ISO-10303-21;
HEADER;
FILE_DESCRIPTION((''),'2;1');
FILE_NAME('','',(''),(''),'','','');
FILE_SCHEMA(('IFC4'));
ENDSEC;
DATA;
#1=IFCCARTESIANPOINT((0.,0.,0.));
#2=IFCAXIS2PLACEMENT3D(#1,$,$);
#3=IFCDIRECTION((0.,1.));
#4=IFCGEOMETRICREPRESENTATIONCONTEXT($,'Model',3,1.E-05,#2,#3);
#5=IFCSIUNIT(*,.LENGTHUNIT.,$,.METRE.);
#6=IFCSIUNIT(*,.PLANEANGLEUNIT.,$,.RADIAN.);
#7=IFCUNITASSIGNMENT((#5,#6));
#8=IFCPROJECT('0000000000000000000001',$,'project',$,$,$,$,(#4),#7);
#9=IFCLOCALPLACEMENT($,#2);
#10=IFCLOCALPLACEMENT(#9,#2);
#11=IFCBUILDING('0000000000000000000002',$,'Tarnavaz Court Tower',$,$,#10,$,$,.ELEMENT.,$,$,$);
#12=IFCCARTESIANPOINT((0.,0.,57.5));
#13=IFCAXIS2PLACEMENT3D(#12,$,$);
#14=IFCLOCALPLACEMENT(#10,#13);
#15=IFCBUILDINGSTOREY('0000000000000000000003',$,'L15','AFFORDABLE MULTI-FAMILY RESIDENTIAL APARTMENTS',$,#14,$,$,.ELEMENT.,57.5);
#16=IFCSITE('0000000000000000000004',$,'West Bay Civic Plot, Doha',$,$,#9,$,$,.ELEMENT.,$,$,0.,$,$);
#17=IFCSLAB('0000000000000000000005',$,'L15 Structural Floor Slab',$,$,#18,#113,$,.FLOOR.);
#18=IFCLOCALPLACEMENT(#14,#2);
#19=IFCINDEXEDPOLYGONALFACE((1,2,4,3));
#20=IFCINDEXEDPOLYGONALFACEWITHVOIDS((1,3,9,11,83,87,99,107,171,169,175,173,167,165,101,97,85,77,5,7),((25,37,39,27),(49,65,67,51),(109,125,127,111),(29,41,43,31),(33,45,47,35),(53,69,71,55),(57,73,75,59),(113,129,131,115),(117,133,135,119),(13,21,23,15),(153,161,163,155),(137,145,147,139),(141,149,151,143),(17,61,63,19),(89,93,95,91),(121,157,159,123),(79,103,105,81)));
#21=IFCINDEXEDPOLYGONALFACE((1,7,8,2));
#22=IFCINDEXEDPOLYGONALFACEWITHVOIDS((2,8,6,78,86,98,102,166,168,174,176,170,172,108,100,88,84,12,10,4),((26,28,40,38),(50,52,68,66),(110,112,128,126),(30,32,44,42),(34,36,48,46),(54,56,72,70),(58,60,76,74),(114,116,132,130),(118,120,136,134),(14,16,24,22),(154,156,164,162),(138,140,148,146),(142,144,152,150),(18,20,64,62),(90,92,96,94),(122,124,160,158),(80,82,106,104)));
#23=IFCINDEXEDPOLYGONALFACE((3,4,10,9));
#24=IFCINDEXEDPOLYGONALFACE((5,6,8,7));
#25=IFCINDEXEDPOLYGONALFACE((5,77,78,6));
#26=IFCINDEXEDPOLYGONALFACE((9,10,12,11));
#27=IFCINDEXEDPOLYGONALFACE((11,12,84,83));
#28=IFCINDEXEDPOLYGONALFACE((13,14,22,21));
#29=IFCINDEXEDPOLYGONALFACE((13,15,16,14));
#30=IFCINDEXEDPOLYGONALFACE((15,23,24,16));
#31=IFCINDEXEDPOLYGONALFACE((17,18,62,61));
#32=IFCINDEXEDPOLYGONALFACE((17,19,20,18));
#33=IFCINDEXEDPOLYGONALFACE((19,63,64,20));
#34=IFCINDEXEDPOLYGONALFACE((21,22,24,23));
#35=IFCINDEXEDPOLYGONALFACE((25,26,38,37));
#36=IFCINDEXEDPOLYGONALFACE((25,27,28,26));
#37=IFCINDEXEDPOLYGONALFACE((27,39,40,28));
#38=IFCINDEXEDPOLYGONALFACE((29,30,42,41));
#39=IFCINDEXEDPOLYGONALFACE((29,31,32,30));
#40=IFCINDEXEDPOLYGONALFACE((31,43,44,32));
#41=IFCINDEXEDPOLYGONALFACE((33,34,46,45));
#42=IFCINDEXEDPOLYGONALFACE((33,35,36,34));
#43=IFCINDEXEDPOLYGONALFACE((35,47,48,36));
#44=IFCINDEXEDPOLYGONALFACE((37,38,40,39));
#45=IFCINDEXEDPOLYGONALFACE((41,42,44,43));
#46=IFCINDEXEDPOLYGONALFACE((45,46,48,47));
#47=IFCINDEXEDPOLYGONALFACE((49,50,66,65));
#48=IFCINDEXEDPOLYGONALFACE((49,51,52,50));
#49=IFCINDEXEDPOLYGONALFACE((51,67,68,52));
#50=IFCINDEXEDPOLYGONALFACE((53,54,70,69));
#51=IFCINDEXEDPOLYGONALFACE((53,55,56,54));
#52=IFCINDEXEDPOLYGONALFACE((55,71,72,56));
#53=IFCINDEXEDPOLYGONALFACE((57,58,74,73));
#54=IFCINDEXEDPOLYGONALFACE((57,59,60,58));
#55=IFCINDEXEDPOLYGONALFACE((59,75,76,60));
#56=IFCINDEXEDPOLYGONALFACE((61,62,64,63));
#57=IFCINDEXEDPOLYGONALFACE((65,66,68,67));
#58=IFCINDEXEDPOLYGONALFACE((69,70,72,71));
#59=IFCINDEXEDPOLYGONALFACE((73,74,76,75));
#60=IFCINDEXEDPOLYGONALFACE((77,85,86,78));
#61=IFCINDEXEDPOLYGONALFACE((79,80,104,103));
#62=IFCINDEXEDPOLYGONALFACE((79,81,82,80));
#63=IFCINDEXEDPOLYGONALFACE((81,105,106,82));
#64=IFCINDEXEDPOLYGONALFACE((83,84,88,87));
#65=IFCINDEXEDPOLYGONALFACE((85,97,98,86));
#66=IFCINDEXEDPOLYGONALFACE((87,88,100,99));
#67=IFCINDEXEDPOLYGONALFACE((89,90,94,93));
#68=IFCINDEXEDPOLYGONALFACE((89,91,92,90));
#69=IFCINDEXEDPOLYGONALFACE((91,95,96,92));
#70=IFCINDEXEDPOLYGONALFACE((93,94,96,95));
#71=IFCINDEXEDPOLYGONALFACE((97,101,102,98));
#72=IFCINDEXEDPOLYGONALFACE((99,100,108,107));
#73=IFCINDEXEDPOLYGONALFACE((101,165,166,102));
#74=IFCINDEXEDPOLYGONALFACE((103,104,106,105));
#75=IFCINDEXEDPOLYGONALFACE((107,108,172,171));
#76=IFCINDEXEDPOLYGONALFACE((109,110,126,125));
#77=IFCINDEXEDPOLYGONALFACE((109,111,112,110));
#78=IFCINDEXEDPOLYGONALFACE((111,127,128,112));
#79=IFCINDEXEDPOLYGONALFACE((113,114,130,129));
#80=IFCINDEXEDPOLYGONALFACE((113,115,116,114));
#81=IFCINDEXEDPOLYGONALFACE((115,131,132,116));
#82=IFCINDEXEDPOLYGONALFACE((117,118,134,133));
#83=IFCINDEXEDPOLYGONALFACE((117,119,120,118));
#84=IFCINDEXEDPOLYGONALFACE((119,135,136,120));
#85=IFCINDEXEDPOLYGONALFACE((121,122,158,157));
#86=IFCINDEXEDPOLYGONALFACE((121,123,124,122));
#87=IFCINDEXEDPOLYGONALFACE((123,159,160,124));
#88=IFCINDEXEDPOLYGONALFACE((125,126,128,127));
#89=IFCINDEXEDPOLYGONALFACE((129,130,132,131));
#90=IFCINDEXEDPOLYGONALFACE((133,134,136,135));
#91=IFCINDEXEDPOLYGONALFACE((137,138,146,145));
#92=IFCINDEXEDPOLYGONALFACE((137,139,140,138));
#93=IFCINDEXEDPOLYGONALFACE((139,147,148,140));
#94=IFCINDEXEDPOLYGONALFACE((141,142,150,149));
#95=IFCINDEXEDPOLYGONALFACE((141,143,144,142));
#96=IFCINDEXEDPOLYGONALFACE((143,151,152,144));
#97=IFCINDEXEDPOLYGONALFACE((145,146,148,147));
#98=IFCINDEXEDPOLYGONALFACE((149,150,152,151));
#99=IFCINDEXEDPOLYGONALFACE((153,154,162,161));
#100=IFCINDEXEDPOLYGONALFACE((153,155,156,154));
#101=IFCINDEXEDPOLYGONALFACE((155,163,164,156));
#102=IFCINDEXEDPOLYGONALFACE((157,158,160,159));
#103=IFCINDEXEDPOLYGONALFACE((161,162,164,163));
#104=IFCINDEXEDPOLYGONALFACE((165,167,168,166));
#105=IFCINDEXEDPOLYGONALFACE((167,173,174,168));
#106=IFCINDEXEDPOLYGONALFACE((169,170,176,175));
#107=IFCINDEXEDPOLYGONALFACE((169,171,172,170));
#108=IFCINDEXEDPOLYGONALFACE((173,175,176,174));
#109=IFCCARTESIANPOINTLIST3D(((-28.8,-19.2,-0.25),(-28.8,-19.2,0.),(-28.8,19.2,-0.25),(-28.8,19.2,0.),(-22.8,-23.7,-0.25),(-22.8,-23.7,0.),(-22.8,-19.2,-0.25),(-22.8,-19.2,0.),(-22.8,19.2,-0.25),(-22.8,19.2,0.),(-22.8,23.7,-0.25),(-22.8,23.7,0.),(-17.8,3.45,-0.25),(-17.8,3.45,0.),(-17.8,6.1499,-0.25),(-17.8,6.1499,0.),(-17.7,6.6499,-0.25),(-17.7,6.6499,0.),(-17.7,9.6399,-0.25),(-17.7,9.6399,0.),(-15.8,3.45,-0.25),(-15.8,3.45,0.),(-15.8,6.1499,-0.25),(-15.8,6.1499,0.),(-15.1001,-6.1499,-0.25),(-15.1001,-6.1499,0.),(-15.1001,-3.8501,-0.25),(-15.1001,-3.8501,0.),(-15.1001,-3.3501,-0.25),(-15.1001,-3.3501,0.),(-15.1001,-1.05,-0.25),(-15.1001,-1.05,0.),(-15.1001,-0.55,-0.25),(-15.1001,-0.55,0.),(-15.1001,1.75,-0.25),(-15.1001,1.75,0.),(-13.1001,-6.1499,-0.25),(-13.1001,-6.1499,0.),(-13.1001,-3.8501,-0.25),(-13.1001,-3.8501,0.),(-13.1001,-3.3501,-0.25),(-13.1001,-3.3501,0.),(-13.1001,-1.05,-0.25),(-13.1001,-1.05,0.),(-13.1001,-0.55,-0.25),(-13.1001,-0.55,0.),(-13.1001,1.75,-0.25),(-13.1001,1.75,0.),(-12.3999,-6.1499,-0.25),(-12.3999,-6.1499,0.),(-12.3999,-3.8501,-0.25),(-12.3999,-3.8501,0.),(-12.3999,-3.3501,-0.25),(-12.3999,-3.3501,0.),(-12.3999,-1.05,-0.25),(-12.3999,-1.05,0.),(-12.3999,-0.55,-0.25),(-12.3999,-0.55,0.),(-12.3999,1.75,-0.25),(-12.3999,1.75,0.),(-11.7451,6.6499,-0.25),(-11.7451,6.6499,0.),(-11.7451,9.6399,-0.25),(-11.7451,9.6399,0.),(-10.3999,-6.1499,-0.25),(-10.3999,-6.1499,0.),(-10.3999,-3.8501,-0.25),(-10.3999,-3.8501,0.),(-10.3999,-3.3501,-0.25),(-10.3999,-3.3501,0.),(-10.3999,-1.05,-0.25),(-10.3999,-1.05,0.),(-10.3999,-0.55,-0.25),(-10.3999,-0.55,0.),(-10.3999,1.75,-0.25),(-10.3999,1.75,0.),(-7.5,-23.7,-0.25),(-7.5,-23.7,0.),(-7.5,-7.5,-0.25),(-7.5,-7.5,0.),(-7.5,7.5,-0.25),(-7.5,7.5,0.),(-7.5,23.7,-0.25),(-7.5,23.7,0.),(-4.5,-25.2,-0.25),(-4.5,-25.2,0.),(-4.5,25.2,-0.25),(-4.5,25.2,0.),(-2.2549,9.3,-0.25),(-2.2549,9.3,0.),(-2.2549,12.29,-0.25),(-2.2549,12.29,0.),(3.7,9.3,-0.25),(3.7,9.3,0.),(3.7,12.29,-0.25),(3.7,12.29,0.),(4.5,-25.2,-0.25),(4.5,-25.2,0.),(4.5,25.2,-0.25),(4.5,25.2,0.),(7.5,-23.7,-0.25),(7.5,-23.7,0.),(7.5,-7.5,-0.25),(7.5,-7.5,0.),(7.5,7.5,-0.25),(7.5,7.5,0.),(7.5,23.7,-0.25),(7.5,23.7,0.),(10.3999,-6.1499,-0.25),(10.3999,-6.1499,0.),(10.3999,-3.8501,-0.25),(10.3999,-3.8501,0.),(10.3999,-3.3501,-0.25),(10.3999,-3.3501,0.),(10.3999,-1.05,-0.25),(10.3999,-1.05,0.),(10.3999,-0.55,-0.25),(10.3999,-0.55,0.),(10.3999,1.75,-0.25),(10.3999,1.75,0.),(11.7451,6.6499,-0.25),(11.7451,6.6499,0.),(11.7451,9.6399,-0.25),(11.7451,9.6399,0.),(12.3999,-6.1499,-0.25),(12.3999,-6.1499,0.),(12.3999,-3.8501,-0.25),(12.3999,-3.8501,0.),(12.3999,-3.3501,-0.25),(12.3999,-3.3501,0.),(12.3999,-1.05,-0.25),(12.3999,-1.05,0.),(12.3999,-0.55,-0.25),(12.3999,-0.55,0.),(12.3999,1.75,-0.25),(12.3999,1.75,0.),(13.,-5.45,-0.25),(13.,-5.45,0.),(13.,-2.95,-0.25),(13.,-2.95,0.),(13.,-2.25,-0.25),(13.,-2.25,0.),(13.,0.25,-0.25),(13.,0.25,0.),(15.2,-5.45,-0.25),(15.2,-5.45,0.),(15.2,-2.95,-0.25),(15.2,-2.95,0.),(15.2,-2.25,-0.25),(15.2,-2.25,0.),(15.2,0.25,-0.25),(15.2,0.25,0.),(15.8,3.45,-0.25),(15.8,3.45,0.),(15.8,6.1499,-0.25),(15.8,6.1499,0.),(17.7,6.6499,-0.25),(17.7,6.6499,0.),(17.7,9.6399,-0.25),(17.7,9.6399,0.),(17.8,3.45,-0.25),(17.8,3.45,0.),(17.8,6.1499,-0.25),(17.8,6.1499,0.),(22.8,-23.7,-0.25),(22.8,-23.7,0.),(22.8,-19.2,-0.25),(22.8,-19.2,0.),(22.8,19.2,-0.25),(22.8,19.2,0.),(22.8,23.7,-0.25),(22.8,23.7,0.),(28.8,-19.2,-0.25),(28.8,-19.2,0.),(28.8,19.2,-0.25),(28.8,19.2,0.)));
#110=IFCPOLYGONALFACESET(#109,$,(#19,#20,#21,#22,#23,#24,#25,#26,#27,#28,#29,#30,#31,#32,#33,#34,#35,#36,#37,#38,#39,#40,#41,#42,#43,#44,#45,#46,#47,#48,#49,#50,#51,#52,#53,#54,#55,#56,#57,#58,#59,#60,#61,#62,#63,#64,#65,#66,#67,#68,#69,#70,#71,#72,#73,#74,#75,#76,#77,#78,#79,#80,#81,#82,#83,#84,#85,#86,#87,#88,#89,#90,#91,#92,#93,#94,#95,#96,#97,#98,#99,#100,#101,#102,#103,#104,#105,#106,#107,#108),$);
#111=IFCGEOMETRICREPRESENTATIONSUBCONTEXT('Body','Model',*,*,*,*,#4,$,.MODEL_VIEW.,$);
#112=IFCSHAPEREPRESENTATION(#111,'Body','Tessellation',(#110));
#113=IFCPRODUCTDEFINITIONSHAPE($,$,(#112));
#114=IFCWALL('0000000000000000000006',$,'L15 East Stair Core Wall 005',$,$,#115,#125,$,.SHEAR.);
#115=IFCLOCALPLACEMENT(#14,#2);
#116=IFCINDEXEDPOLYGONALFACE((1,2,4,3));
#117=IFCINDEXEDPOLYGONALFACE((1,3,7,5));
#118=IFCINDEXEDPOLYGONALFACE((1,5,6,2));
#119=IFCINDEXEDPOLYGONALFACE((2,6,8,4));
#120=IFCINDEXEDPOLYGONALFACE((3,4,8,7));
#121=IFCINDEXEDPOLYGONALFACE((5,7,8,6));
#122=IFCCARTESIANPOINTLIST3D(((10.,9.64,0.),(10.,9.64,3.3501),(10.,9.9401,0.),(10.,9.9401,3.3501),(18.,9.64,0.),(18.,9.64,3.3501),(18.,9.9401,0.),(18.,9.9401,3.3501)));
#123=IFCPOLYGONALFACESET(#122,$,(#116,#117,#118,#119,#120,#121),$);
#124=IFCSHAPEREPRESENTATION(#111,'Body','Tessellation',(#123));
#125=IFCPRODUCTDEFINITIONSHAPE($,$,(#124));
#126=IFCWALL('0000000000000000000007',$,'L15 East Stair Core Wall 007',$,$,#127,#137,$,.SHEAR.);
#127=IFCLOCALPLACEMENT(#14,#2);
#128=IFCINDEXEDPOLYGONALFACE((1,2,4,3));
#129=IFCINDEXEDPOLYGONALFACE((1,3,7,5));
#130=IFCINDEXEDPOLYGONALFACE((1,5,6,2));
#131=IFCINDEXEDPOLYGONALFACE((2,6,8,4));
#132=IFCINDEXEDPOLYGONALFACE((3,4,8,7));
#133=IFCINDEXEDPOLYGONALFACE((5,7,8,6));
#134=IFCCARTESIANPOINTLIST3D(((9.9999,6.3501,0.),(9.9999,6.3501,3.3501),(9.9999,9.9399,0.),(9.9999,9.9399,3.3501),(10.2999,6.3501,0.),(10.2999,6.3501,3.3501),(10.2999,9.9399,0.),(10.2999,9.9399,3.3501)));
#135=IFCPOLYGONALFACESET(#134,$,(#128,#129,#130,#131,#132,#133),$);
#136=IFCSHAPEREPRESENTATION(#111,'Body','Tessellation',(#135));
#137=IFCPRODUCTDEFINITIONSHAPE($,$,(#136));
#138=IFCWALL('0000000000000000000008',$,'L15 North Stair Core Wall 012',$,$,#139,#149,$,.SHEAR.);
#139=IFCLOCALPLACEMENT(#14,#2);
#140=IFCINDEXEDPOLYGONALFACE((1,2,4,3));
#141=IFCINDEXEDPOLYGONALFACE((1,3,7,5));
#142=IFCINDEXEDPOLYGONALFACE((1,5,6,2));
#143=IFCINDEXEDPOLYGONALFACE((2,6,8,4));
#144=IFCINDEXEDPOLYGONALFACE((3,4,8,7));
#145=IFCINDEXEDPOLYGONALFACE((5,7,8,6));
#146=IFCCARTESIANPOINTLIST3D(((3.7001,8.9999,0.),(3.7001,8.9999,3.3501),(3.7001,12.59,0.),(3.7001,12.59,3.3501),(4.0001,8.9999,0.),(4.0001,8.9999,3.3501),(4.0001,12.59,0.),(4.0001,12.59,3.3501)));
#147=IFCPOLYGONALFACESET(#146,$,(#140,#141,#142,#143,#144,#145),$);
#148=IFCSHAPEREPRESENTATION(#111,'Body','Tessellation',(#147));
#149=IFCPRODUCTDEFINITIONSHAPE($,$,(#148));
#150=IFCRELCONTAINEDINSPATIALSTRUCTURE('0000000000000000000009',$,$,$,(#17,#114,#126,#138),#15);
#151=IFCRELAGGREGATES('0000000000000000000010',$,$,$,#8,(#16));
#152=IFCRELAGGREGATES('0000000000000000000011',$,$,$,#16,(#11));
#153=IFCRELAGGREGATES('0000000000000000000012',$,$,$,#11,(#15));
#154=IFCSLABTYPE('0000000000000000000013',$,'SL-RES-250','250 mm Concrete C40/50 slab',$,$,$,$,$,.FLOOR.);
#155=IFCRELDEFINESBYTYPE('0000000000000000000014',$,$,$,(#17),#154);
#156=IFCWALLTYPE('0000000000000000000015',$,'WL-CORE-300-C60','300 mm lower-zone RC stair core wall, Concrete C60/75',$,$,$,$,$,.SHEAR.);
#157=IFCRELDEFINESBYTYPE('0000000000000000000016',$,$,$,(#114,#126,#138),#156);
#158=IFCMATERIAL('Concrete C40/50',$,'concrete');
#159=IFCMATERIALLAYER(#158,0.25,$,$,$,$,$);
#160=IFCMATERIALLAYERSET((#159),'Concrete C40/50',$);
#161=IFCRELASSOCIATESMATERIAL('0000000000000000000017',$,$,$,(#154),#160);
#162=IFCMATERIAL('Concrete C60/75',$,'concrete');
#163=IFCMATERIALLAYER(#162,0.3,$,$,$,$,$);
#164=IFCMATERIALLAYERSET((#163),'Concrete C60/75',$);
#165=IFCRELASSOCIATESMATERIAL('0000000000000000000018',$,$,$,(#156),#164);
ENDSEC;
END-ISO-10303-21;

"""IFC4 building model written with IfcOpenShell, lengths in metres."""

from ifc_helpers import new_model, si_unit, direction, frame, frame_2d, origin, place, context, subcontext, project, spatial, polyline, rectangle, outline, extrude, material, layer, layer_set, type_object, element, save


model = new_model("IFC4")

# Units and contexts
model_context = context("Model", 3, precision=1e-05, world=origin(), true_north=direction((0.0, 1.0)))
body_context = subcontext(model_context, "Body", "Model", "MODEL_VIEW")
ifc_project = project(units=[si_unit("LENGTHUNIT", "METRE"), si_unit("PLANEANGLEUNIT", "RADIAN")], contexts=[model_context])

# Site, building, storey
site_placement = place(None, origin())
site = spatial("IfcSite", under=ifc_project, at=site_placement, Name="West Bay Civic Plot, Doha", CompositionType="ELEMENT", RefElevation=0.0)
building_placement = place(site_placement, origin())
building = spatial("IfcBuilding", under=site, at=building_placement, Name="Tarnavaz Court Tower", CompositionType="ELEMENT")
storey_placement = place(building_placement, frame((0.0, 0.0, 57.5)))
storey = spatial("IfcBuildingStorey", under=building, at=storey_placement, Name="L15", Description="AFFORDABLE MULTI-FAMILY RESIDENTIAL APARTMENTS", CompositionType="ELEMENT", Elevation=57.5)

# Shared definitions
ifc_material_1 = material(Name="Concrete C60/75", Category="concrete")

# Shared definitions
ifc_material_2 = material(Name="Concrete C40/50", Category="concrete")

# Slab
ifc_layer_1 = layer(ifc_material_2, 0.25)
ifc_layer_set_1 = layer_set([ifc_layer_1], Name="Concrete C40/50")
slab_type_1 = type_object("IfcSlabType", Name="SL-RES-250", Description="250 mm Concrete C40/50 slab", PredefinedType="FLOOR", material=ifc_layer_set_1)
slab_1_placement = place(storey_placement, frame((0.0, 0.0, -0.25)))
element("IfcSlab", 1, at=slab_1_placement, inside=storey, type_object=slab_type_1, Name="L15 Structural Floor Slab", PredefinedType="FLOOR", context=body_context, shape_type="SweptSolid", body=[
    extrude(outline(polyline([(-22.8, -23.7), (-7.5, -23.7), (-4.5, -25.2), (4.5, -25.2), (7.5, -23.7), (22.8, -23.7), (22.8, -19.2), (28.8, -19.2), (28.8, 19.2), (22.8, 19.2), (22.8, 23.7), (7.5, 23.7), (4.5, 25.2), (-4.5, 25.2), (-7.5, 23.7), (-22.8, 23.7), (-22.8, 19.2), (-28.8, 19.2), (-28.8, -19.2), (-22.8, -19.2), (-22.8, -23.7)]), holes=[polyline([(-7.5, -7.5), (7.5, -7.5), (7.5, 7.5), (-7.5, 7.5), (-7.5, -7.5)]), polyline([(-11.7451, 9.6399), (-17.7, 9.6399), (-17.7, 6.6499), (-11.7451, 6.6499), (-11.7451, 9.6399)]), polyline([(11.7451, 6.6499), (17.7, 6.6499), (17.7, 9.6399), (11.7451, 9.6399), (11.7451, 6.6499)]), polyline([(-2.2549, 9.3), (3.7, 9.3), (3.7, 12.29), (-2.2549, 12.29), (-2.2549, 9.3)]), polyline([(-17.8, 3.45), (-15.8, 3.45), (-15.8, 6.1499), (-17.8, 6.1499), (-17.8, 3.45)]), polyline([(-12.3999, -6.1499), (-10.3999, -6.1499), (-10.3999, -3.8501), (-12.3999, -3.8501), (-12.3999, -6.1499)]), polyline([(-12.3999, -3.3501), (-10.3999, -3.3501), (-10.3999, -1.05), (-12.3999, -1.05), (-12.3999, -3.3501)]), polyline([(-12.3999, -0.55), (-10.3999, -0.55), (-10.3999, 1.75), (-12.3999, 1.75), (-12.3999, -0.55)]), polyline([(-15.1001, -6.1499), (-13.1001, -6.1499), (-13.1001, -3.8501), (-15.1001, -3.8501), (-15.1001, -6.1499)]), polyline([(-15.1001, -3.3501), (-13.1001, -3.3501), (-13.1001, -1.05), (-15.1001, -1.05), (-15.1001, -3.3501)]), polyline([(-15.1001, -0.55), (-13.1001, -0.55), (-13.1001, 1.75), (-15.1001, 1.75), (-15.1001, -0.55)]), polyline([(15.8, 3.45), (17.8, 3.45), (17.8, 6.1499), (15.8, 6.1499), (15.8, 3.45)]), polyline([(10.3999, -6.1499), (12.3999, -6.1499), (12.3999, -3.8501), (10.3999, -3.8501), (10.3999, -6.1499)]), polyline([(10.3999, -3.3501), (12.3999, -3.3501), (12.3999, -1.05), (10.3999, -1.05), (10.3999, -3.3501)]), polyline([(10.3999, -0.55), (12.3999, -0.55), (12.3999, 1.75), (10.3999, 1.75), (10.3999, -0.55)]), polyline([(13.0, -5.45), (15.2, -5.45), (15.2, -2.95), (13.0, -2.95), (13.0, -5.45)]), polyline([(13.0, -2.25), (15.2, -2.25), (15.2, 0.25), (13.0, 0.25), (13.0, -2.25)])]), origin(), (0.0, 0.0, 1.0), 0.25),
])

# Wall
ifc_layer_2 = layer(ifc_material_1, 0.3)
ifc_layer_set_2 = layer_set([ifc_layer_2], Name="Concrete C60/75")
wall_type_1 = type_object("IfcWallType", Name="WL-CORE-300-C60", Description="300 mm lower-zone RC stair core wall, Concrete C60/75", PredefinedType="SHEAR", material=ifc_layer_set_2)
wall_1_placement = place(storey_placement, frame((10.0, 9.79, 0.0), z_axis=(0.0, 0.0, 1.0), x_axis=(1.0, 0.0, 0.0)))
element("IfcWall", 2, at=wall_1_placement, inside=storey, type_object=wall_type_1, Name="L15 East Stair Core Wall 005", PredefinedType="SHEAR", context=body_context, shape_type="SweptSolid", body=[
    extrude(rectangle(XDim=8.0, YDim=0.3, at=frame_2d((4.0, 0.0))), origin(), (0.0, 0.0, 1.0), 3.3501),
])

# Walls
wall_2_placement = place(storey_placement, frame((10.1499, 6.3501, 0.0), z_axis=(0.0, 0.0, 1.0), x_axis=(0.0, 1.0, 0.0)))
element("IfcWall", 3, at=wall_2_placement, inside=storey, type_object=wall_type_1, Name="L15 East Stair Core Wall 007", PredefinedType="SHEAR", context=body_context, shape_type="SweptSolid", body=[
    extrude(rectangle(XDim=3.5898, YDim=0.3, at=frame_2d((1.7949, 0.0))), origin(), (0.0, 0.0, 1.0), 3.3501),
])
wall_3_placement = place(storey_placement, frame((3.8501, 9.0, 0.0), z_axis=(0.0, 0.0, 1.0), x_axis=(0.0, 1.0, 0.0)))
element("IfcWall", 4, at=wall_3_placement, inside=storey, type_object=wall_type_1, Name="L15 North Stair Core Wall 012", PredefinedType="SHEAR", context=body_context, shape_type="SweptSolid", body=[
    extrude(rectangle(XDim=3.5901, YDim=0.3, at=frame_2d((1.7949, 0.0))), origin(), (0.0, 0.0, 1.0), 3.3501),
])

save(model, "model.ifc")
